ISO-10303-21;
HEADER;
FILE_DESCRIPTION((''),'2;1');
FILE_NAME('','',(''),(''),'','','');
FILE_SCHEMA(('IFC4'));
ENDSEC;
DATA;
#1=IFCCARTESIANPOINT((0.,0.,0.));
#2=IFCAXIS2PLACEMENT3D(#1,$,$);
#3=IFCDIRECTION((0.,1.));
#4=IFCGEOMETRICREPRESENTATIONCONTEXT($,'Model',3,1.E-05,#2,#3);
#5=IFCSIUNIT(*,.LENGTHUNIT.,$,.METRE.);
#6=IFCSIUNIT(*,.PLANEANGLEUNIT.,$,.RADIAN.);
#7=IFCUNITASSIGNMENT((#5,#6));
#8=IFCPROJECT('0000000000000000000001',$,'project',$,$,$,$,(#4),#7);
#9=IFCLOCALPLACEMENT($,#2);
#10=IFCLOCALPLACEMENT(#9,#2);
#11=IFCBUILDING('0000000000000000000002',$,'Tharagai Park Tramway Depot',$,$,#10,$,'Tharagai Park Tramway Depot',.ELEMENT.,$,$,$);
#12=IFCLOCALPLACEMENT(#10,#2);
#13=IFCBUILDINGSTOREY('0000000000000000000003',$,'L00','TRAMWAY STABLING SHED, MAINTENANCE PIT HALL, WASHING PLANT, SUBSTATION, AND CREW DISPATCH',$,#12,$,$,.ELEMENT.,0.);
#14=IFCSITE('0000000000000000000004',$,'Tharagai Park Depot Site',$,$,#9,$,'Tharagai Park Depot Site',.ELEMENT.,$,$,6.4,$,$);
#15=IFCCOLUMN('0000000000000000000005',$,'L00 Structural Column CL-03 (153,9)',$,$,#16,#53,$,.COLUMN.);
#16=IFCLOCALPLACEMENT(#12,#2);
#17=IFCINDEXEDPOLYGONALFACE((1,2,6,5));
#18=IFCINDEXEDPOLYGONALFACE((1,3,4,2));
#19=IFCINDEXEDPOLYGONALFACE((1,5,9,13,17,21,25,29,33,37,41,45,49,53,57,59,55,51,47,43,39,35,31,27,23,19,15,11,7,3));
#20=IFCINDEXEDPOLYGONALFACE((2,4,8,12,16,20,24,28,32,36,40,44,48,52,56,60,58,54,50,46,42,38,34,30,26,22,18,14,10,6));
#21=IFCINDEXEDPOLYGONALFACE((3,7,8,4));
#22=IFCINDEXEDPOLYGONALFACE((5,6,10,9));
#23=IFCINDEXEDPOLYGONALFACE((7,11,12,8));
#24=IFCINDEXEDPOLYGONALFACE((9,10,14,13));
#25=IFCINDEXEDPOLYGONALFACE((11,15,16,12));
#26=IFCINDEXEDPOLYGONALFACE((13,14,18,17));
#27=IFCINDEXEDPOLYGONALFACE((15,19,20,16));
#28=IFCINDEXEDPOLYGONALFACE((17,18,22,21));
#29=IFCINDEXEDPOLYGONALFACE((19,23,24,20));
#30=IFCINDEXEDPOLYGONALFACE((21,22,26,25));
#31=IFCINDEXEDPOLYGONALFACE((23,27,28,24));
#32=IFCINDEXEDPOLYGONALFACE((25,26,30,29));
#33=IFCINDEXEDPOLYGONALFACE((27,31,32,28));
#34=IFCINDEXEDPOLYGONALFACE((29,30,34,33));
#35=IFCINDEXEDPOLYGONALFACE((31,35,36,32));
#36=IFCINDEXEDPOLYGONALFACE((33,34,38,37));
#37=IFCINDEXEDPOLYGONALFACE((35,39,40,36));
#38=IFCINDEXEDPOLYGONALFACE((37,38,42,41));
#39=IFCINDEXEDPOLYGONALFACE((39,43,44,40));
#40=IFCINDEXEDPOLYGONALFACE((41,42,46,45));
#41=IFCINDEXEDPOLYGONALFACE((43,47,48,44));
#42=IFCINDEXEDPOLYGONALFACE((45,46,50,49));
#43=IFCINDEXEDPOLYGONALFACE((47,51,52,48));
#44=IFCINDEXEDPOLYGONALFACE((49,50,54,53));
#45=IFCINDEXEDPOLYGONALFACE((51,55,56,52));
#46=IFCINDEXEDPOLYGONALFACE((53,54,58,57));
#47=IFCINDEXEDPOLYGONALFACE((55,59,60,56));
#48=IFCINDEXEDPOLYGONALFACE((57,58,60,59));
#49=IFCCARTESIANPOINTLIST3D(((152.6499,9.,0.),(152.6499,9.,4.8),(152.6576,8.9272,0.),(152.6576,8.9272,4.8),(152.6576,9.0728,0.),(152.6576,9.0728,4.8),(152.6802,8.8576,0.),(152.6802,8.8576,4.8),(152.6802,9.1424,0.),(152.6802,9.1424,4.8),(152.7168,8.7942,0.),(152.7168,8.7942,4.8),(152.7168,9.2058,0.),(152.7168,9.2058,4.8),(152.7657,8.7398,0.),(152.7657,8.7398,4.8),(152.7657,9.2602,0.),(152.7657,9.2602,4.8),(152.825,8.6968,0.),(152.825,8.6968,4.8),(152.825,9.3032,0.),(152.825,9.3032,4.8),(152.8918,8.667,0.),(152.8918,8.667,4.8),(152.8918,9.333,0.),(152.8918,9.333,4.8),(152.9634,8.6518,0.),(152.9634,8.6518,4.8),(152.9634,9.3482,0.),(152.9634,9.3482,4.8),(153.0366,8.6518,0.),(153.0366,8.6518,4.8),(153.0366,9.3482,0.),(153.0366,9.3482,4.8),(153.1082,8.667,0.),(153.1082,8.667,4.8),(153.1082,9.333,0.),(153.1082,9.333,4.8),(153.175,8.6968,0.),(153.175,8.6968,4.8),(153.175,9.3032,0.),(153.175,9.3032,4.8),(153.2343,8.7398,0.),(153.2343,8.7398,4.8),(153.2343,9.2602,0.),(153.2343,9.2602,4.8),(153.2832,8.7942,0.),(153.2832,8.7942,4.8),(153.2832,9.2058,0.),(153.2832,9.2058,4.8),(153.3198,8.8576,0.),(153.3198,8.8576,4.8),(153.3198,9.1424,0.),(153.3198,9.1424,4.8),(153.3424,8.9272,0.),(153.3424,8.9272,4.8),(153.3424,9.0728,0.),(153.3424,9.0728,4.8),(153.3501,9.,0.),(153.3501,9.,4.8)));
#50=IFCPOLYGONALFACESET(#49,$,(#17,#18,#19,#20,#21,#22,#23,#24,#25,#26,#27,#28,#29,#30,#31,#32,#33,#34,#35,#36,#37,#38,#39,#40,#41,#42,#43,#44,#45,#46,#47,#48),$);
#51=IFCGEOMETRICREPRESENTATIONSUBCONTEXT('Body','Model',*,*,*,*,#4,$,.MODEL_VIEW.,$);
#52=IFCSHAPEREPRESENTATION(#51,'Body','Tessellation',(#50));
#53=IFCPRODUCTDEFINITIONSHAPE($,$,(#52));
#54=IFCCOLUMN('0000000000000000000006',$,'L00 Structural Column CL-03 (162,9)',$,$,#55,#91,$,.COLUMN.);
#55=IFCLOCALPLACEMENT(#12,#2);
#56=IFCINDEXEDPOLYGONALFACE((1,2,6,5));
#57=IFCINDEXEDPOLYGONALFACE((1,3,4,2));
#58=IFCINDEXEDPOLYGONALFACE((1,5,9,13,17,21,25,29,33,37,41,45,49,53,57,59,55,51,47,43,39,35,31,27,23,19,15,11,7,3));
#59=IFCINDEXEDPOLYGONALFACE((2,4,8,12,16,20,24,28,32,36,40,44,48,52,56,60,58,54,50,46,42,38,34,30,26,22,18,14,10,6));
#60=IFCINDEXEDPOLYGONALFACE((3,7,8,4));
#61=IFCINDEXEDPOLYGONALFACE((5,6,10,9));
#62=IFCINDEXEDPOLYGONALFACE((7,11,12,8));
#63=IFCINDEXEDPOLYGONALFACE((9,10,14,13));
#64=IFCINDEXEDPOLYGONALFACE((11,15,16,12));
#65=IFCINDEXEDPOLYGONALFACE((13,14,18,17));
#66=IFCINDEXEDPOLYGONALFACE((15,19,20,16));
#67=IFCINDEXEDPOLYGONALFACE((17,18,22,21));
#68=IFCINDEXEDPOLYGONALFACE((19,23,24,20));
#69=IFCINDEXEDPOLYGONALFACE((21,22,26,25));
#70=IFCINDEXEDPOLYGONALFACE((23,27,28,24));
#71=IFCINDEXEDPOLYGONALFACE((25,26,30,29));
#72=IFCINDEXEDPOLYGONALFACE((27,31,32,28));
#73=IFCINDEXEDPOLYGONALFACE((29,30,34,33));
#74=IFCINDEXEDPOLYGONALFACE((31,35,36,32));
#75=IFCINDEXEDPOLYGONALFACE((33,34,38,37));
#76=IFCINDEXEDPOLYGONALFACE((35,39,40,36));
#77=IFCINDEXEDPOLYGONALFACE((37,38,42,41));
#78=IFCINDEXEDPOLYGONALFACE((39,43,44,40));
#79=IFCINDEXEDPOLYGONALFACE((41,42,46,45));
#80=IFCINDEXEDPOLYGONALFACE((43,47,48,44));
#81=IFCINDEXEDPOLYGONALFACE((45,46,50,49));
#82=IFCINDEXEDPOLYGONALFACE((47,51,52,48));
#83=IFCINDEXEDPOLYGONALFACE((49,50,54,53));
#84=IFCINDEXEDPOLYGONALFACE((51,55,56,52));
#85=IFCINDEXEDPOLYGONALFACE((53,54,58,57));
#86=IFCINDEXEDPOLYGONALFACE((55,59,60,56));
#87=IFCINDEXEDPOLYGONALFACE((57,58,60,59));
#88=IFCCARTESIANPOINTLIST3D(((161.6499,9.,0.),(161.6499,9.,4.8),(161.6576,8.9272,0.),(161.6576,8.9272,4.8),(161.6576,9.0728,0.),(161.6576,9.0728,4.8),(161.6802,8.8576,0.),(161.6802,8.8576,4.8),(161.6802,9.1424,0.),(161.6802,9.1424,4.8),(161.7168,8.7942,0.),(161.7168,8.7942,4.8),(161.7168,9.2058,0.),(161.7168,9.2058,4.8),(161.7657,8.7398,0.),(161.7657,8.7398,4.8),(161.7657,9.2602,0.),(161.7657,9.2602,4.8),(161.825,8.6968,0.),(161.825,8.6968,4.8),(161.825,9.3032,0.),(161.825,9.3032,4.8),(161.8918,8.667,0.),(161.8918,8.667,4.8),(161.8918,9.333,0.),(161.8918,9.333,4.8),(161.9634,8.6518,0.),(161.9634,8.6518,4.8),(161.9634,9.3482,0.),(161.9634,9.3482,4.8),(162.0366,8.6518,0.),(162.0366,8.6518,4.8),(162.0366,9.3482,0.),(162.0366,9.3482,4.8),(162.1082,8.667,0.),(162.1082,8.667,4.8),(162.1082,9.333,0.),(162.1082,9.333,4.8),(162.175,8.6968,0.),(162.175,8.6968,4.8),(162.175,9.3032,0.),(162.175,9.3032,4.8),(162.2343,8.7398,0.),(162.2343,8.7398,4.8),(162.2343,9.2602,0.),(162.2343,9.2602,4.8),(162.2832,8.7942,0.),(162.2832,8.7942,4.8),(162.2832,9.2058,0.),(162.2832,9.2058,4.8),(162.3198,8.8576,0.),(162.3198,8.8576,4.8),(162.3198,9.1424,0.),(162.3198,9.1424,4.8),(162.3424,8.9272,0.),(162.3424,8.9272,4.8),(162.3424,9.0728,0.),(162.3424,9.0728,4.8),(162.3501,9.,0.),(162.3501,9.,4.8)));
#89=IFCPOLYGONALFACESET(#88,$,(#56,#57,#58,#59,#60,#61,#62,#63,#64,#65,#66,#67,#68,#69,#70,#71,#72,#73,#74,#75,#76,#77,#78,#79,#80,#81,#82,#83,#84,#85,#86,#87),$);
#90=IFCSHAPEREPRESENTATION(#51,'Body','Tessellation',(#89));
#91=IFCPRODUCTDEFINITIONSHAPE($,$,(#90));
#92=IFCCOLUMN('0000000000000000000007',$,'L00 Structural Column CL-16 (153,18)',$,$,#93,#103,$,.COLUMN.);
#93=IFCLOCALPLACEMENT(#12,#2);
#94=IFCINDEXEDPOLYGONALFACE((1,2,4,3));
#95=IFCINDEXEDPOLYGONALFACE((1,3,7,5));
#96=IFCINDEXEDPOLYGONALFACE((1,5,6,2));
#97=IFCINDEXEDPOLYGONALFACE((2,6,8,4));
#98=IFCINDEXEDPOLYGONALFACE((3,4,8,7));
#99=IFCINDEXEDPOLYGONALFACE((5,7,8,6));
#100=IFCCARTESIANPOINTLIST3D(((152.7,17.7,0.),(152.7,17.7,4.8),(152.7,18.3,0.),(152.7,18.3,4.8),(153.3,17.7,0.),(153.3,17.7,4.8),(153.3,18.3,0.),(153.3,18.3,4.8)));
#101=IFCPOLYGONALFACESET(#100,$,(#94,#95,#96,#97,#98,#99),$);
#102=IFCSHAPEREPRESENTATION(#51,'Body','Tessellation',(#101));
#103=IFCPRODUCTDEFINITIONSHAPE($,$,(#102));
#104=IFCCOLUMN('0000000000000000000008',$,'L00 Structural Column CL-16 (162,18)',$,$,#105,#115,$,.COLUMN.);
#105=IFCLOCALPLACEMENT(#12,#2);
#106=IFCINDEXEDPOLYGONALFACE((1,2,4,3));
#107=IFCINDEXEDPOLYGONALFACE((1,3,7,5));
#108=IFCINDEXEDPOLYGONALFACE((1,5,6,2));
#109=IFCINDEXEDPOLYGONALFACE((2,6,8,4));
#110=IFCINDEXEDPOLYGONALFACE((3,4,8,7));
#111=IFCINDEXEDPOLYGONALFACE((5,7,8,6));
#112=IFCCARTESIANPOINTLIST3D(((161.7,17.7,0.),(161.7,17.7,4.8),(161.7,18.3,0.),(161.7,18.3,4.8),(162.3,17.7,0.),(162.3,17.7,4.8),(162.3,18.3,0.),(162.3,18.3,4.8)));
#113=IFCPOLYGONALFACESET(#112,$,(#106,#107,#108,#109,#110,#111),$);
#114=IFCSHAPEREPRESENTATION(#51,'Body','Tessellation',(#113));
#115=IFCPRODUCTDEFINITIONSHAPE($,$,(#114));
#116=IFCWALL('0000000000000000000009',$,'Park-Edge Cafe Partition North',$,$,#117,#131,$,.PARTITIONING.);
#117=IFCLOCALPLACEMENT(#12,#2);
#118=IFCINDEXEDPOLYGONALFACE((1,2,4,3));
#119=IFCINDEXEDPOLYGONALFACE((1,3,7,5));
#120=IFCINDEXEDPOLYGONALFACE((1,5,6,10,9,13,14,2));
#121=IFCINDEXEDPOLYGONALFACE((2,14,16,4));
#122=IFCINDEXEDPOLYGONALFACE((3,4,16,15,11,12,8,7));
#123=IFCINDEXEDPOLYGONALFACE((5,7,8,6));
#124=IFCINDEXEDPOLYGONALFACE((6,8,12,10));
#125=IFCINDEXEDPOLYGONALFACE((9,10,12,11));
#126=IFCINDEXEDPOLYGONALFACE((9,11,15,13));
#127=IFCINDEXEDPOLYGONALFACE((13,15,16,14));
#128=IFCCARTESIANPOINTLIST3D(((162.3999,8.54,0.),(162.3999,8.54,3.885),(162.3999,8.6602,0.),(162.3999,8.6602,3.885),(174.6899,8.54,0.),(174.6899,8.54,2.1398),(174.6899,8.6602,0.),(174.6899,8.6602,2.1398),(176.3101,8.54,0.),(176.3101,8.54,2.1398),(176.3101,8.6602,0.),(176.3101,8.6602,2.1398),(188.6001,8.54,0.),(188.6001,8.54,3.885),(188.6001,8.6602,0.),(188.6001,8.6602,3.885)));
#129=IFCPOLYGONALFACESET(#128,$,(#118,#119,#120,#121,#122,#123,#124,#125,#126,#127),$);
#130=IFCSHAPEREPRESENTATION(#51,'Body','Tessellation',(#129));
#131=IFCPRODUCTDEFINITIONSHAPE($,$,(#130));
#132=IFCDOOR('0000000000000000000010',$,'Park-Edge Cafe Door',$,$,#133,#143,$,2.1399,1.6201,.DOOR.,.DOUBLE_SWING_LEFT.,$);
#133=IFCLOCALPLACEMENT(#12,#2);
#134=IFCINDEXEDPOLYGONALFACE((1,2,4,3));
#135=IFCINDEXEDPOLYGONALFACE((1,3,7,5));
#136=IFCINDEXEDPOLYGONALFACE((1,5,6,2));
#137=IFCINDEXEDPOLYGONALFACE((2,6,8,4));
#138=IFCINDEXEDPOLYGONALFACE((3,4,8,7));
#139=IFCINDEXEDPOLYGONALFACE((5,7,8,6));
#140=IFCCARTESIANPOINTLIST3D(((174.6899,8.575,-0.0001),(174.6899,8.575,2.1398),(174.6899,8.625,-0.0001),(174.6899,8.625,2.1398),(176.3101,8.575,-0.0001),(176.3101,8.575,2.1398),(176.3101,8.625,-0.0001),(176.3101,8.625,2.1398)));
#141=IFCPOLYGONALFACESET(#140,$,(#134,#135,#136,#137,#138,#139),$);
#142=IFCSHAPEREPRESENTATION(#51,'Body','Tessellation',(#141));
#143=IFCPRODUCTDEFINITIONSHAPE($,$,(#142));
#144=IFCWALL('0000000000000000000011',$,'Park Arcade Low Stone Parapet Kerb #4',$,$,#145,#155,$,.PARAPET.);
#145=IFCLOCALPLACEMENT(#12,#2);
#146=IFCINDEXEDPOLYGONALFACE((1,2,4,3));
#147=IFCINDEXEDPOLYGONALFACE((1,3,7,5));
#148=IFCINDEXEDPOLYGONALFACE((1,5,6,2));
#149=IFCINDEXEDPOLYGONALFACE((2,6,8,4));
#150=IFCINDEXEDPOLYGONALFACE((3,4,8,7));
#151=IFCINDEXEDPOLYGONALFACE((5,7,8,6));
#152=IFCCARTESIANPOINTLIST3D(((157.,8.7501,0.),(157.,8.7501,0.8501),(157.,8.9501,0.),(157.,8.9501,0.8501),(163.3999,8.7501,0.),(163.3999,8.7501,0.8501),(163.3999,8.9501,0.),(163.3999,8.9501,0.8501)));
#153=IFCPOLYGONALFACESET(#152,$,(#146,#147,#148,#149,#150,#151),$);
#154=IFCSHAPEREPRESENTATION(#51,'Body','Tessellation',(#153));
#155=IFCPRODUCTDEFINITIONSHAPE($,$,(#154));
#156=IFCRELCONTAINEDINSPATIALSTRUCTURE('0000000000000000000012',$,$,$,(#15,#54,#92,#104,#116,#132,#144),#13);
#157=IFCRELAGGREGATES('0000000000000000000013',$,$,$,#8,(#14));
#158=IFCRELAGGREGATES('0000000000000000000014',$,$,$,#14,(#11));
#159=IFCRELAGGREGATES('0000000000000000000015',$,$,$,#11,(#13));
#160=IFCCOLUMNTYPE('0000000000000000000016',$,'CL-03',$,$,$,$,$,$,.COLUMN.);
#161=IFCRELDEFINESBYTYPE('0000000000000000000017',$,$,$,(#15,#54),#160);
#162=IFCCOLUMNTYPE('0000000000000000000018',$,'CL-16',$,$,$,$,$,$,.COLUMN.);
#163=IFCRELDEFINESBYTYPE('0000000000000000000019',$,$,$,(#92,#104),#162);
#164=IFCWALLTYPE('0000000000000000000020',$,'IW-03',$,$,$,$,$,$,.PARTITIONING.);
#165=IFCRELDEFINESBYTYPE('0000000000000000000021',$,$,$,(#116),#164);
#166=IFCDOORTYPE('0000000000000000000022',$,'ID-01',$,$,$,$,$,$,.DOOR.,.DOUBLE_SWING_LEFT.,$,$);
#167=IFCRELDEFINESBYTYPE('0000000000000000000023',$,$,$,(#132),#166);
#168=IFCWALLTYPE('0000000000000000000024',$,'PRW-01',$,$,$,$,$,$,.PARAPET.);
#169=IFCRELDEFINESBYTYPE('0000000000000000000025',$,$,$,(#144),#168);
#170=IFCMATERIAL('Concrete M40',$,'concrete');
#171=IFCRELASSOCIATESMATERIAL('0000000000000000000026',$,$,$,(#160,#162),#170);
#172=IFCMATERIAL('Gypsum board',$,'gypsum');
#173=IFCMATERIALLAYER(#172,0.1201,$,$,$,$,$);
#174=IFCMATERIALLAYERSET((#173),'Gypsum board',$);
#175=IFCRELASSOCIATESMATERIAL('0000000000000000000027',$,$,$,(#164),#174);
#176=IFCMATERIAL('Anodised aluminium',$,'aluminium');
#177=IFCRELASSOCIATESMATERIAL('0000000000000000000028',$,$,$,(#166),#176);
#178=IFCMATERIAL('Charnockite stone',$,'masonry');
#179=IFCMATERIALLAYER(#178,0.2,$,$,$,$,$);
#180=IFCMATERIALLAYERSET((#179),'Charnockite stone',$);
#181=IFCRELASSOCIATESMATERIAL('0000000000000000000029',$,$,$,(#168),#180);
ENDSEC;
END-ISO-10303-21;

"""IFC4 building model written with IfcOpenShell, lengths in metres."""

from ifc_helpers import new_model, si_unit, direction, frame, frame_2d, origin, origin_2d, place, context, subcontext, project, spatial, rectangle, circle, extrude, material, layer, layer_set, material_profile, profile_set, type_object, element, fill, save


model = new_model("IFC4")

# Units and contexts
model_context = context("Model", 3, precision=1e-05, world=origin(), true_north=direction((0.0, 1.0)))
body_context = subcontext(model_context, "Body", "Model", "MODEL_VIEW")
ifc_project = project(units=[si_unit("LENGTHUNIT", "METRE"), si_unit("PLANEANGLEUNIT", "RADIAN")], contexts=[model_context])

# Site, building, storey
site_placement = place(None, origin())
site = spatial("IfcSite", under=ifc_project, at=site_placement, Name="Tharagai Park Depot Site", LongName="Tharagai Park Depot Site", CompositionType="ELEMENT", RefElevation=6.4)
building_placement = place(site_placement, origin())
building = spatial("IfcBuilding", under=site, at=building_placement, Name="Tharagai Park Tramway Depot", LongName="Tharagai Park Tramway Depot", CompositionType="ELEMENT")
storey_placement = place(building_placement, origin())
storey = spatial("IfcBuildingStorey", under=building, at=storey_placement, Name="L00", Description="TRAMWAY STABLING SHED, MAINTENANCE PIT HALL, WASHING PLANT, SUBSTATION, AND CREW DISPATCH", CompositionType="ELEMENT", Elevation=0.0)

# Shared definitions
ifc_material_1 = material(Name="Concrete M40", Category="concrete")

# Columns
ifc_material_profile_1 = material_profile(ifc_material_1, circle(Radius=0.3501, at=origin_2d()), Name="RC D700")
ifc_profile_set_1 = profile_set([ifc_material_profile_1], Name="Concrete M40")
column_type_1 = type_object("IfcColumnType", Name="CL-03", PredefinedType="COLUMN", material=ifc_profile_set_1)
for number, where, z_axis, x_axis, name in (
    (1, (153.0, 9.0, 0.0), (0.0, 0.0, 1.0), (1.0, 0.0, 0.0), "L00 Structural Column CL-03 (153,9)"),
    (2, (162.0, 9.0, 0.0), (0.0, 0.0, 1.0), (1.0, 0.0, 0.0), "L00 Structural Column CL-03 (162,9)"),
):
    element("IfcColumn", number, at=place(storey_placement, frame(where, z_axis=z_axis, x_axis=x_axis)), inside=storey, type_object=column_type_1, Name=name, PredefinedType="COLUMN", context=body_context, shape_type="SweptSolid", body=[
        extrude(circle(Radius=0.3501, at=origin_2d()), origin(), (0.0, 0.0, 1.0), 4.8),
    ])
ifc_material_profile_2 = material_profile(ifc_material_1, rectangle(XDim=0.6001, YDim=0.6001, at=origin_2d()), Name="RC 600x600")
ifc_profile_set_2 = profile_set([ifc_material_profile_2], Name="Concrete M40")
column_type_2 = type_object("IfcColumnType", Name="CL-16", PredefinedType="COLUMN", material=ifc_profile_set_2)
for number, where, z_axis, x_axis, name in (
    (3, (153.0, 18.0, 0.0), (0.0, 0.0, 1.0), (1.0, 0.0, 0.0), "L00 Structural Column CL-16 (153,18)"),
    (4, (162.0, 18.0, 0.0), (0.0, 0.0, 1.0), (1.0, 0.0, 0.0), "L00 Structural Column CL-16 (162,18)"),
):
    element("IfcColumn", number, at=place(storey_placement, frame(where, z_axis=z_axis, x_axis=x_axis)), inside=storey, type_object=column_type_2, Name=name, PredefinedType="COLUMN", context=body_context, shape_type="SweptSolid", body=[
        extrude(rectangle(XDim=0.6001, YDim=0.6001, at=origin_2d()), origin(), (0.0, 0.0, 1.0), 4.8),
    ])

# Wall, opening, door
ifc_material_2 = material(Name="Gypsum board", Category="gypsum")
ifc_layer_1 = layer(ifc_material_2, 0.1201)
ifc_layer_set_1 = layer_set([ifc_layer_1], Name="Gypsum board")
wall_type_1 = type_object("IfcWallType", Name="IW-03", PredefinedType="PARTITIONING", material=ifc_layer_set_1)
wall_1_placement = place(storey_placement, frame((162.3999, 8.6001, 0.0), z_axis=(0.0, 0.0, 1.0), x_axis=(1.0, 0.0, 0.0)))
wall_1 = element("IfcWall", 5, at=wall_1_placement, inside=storey, type_object=wall_type_1, Name="Park-Edge Cafe Partition North", PredefinedType="PARTITIONING", context=body_context, shape_type="SweptSolid", body=[
    extrude(rectangle(XDim=26.2002, YDim=0.1201, at=frame_2d((13.1001, 0.0))), origin(), (0.0, 0.0, 1.0), 3.885),
])
opening_placement = place(wall_1_placement, frame((12.29, 0.0, 0.0)))
opening = element("IfcOpeningElement", 6, at=opening_placement, cuts=wall_1, PredefinedType="OPENING", context=body_context, shape_type="SweptSolid", body=[
    extrude(rectangle(XDim=1.6201, YDim=2.1399, at=frame_2d((0.8101, 1.0698))), frame((0.0, 0.0701, 0.0), z_axis=(0.0, -1.0, 0.0), x_axis=(1.0, 0.0, 0.0)), (0.0, 0.0, 1.0), 0.1401),
])
ifc_material_3 = material(Name="Anodised aluminium", Category="aluminium")
door_type = type_object("IfcDoorType", Name="ID-01", OperationType="DOUBLE_SWING_LEFT", PredefinedType="DOOR", material=ifc_material_3)
door_placement = place(opening_placement, origin())
door = element("IfcDoor", 7, at=door_placement, inside=storey, type_object=door_type, Name="Park-Edge Cafe Door", OperationType="DOUBLE_SWING_LEFT", OverallHeight=2.1399, OverallWidth=1.6201, PredefinedType="DOOR", context=body_context, shape_type="SweptSolid", body=[
    extrude(rectangle(XDim=1.6201, YDim=2.1399, at=frame_2d((0.8101, 1.0698))), frame((0.0, 0.0249, 0.0), z_axis=(0.0, -1.0, 0.0), x_axis=(1.0, 0.0, 0.0)), (0.0, 0.0, 1.0), 0.05),
])
fill(opening, door)

# Wall
ifc_material_4 = material(Name="Charnockite stone", Category="masonry")
ifc_layer_2 = layer(ifc_material_4, 0.2)
ifc_layer_set_2 = layer_set([ifc_layer_2], Name="Charnockite stone")
wall_type_2 = type_object("IfcWallType", Name="PRW-01", PredefinedType="PARAPET", material=ifc_layer_set_2)
wall_2_placement = place(storey_placement, frame((157.0, 8.8501, 0.0), z_axis=(0.0, 0.0, 1.0), x_axis=(1.0, 0.0, 0.0)))
element("IfcWall", 8, at=wall_2_placement, inside=storey, type_object=wall_type_2, Name="Park Arcade Low Stone Parapet Kerb #4", PredefinedType="PARAPET", context=body_context, shape_type="SweptSolid", body=[
    extrude(rectangle(XDim=6.3999, YDim=0.2, at=frame_2d((3.2, 0.0))), origin(), (0.0, 0.0, 1.0), 0.8501),
])

save(model, "model.ifc")
